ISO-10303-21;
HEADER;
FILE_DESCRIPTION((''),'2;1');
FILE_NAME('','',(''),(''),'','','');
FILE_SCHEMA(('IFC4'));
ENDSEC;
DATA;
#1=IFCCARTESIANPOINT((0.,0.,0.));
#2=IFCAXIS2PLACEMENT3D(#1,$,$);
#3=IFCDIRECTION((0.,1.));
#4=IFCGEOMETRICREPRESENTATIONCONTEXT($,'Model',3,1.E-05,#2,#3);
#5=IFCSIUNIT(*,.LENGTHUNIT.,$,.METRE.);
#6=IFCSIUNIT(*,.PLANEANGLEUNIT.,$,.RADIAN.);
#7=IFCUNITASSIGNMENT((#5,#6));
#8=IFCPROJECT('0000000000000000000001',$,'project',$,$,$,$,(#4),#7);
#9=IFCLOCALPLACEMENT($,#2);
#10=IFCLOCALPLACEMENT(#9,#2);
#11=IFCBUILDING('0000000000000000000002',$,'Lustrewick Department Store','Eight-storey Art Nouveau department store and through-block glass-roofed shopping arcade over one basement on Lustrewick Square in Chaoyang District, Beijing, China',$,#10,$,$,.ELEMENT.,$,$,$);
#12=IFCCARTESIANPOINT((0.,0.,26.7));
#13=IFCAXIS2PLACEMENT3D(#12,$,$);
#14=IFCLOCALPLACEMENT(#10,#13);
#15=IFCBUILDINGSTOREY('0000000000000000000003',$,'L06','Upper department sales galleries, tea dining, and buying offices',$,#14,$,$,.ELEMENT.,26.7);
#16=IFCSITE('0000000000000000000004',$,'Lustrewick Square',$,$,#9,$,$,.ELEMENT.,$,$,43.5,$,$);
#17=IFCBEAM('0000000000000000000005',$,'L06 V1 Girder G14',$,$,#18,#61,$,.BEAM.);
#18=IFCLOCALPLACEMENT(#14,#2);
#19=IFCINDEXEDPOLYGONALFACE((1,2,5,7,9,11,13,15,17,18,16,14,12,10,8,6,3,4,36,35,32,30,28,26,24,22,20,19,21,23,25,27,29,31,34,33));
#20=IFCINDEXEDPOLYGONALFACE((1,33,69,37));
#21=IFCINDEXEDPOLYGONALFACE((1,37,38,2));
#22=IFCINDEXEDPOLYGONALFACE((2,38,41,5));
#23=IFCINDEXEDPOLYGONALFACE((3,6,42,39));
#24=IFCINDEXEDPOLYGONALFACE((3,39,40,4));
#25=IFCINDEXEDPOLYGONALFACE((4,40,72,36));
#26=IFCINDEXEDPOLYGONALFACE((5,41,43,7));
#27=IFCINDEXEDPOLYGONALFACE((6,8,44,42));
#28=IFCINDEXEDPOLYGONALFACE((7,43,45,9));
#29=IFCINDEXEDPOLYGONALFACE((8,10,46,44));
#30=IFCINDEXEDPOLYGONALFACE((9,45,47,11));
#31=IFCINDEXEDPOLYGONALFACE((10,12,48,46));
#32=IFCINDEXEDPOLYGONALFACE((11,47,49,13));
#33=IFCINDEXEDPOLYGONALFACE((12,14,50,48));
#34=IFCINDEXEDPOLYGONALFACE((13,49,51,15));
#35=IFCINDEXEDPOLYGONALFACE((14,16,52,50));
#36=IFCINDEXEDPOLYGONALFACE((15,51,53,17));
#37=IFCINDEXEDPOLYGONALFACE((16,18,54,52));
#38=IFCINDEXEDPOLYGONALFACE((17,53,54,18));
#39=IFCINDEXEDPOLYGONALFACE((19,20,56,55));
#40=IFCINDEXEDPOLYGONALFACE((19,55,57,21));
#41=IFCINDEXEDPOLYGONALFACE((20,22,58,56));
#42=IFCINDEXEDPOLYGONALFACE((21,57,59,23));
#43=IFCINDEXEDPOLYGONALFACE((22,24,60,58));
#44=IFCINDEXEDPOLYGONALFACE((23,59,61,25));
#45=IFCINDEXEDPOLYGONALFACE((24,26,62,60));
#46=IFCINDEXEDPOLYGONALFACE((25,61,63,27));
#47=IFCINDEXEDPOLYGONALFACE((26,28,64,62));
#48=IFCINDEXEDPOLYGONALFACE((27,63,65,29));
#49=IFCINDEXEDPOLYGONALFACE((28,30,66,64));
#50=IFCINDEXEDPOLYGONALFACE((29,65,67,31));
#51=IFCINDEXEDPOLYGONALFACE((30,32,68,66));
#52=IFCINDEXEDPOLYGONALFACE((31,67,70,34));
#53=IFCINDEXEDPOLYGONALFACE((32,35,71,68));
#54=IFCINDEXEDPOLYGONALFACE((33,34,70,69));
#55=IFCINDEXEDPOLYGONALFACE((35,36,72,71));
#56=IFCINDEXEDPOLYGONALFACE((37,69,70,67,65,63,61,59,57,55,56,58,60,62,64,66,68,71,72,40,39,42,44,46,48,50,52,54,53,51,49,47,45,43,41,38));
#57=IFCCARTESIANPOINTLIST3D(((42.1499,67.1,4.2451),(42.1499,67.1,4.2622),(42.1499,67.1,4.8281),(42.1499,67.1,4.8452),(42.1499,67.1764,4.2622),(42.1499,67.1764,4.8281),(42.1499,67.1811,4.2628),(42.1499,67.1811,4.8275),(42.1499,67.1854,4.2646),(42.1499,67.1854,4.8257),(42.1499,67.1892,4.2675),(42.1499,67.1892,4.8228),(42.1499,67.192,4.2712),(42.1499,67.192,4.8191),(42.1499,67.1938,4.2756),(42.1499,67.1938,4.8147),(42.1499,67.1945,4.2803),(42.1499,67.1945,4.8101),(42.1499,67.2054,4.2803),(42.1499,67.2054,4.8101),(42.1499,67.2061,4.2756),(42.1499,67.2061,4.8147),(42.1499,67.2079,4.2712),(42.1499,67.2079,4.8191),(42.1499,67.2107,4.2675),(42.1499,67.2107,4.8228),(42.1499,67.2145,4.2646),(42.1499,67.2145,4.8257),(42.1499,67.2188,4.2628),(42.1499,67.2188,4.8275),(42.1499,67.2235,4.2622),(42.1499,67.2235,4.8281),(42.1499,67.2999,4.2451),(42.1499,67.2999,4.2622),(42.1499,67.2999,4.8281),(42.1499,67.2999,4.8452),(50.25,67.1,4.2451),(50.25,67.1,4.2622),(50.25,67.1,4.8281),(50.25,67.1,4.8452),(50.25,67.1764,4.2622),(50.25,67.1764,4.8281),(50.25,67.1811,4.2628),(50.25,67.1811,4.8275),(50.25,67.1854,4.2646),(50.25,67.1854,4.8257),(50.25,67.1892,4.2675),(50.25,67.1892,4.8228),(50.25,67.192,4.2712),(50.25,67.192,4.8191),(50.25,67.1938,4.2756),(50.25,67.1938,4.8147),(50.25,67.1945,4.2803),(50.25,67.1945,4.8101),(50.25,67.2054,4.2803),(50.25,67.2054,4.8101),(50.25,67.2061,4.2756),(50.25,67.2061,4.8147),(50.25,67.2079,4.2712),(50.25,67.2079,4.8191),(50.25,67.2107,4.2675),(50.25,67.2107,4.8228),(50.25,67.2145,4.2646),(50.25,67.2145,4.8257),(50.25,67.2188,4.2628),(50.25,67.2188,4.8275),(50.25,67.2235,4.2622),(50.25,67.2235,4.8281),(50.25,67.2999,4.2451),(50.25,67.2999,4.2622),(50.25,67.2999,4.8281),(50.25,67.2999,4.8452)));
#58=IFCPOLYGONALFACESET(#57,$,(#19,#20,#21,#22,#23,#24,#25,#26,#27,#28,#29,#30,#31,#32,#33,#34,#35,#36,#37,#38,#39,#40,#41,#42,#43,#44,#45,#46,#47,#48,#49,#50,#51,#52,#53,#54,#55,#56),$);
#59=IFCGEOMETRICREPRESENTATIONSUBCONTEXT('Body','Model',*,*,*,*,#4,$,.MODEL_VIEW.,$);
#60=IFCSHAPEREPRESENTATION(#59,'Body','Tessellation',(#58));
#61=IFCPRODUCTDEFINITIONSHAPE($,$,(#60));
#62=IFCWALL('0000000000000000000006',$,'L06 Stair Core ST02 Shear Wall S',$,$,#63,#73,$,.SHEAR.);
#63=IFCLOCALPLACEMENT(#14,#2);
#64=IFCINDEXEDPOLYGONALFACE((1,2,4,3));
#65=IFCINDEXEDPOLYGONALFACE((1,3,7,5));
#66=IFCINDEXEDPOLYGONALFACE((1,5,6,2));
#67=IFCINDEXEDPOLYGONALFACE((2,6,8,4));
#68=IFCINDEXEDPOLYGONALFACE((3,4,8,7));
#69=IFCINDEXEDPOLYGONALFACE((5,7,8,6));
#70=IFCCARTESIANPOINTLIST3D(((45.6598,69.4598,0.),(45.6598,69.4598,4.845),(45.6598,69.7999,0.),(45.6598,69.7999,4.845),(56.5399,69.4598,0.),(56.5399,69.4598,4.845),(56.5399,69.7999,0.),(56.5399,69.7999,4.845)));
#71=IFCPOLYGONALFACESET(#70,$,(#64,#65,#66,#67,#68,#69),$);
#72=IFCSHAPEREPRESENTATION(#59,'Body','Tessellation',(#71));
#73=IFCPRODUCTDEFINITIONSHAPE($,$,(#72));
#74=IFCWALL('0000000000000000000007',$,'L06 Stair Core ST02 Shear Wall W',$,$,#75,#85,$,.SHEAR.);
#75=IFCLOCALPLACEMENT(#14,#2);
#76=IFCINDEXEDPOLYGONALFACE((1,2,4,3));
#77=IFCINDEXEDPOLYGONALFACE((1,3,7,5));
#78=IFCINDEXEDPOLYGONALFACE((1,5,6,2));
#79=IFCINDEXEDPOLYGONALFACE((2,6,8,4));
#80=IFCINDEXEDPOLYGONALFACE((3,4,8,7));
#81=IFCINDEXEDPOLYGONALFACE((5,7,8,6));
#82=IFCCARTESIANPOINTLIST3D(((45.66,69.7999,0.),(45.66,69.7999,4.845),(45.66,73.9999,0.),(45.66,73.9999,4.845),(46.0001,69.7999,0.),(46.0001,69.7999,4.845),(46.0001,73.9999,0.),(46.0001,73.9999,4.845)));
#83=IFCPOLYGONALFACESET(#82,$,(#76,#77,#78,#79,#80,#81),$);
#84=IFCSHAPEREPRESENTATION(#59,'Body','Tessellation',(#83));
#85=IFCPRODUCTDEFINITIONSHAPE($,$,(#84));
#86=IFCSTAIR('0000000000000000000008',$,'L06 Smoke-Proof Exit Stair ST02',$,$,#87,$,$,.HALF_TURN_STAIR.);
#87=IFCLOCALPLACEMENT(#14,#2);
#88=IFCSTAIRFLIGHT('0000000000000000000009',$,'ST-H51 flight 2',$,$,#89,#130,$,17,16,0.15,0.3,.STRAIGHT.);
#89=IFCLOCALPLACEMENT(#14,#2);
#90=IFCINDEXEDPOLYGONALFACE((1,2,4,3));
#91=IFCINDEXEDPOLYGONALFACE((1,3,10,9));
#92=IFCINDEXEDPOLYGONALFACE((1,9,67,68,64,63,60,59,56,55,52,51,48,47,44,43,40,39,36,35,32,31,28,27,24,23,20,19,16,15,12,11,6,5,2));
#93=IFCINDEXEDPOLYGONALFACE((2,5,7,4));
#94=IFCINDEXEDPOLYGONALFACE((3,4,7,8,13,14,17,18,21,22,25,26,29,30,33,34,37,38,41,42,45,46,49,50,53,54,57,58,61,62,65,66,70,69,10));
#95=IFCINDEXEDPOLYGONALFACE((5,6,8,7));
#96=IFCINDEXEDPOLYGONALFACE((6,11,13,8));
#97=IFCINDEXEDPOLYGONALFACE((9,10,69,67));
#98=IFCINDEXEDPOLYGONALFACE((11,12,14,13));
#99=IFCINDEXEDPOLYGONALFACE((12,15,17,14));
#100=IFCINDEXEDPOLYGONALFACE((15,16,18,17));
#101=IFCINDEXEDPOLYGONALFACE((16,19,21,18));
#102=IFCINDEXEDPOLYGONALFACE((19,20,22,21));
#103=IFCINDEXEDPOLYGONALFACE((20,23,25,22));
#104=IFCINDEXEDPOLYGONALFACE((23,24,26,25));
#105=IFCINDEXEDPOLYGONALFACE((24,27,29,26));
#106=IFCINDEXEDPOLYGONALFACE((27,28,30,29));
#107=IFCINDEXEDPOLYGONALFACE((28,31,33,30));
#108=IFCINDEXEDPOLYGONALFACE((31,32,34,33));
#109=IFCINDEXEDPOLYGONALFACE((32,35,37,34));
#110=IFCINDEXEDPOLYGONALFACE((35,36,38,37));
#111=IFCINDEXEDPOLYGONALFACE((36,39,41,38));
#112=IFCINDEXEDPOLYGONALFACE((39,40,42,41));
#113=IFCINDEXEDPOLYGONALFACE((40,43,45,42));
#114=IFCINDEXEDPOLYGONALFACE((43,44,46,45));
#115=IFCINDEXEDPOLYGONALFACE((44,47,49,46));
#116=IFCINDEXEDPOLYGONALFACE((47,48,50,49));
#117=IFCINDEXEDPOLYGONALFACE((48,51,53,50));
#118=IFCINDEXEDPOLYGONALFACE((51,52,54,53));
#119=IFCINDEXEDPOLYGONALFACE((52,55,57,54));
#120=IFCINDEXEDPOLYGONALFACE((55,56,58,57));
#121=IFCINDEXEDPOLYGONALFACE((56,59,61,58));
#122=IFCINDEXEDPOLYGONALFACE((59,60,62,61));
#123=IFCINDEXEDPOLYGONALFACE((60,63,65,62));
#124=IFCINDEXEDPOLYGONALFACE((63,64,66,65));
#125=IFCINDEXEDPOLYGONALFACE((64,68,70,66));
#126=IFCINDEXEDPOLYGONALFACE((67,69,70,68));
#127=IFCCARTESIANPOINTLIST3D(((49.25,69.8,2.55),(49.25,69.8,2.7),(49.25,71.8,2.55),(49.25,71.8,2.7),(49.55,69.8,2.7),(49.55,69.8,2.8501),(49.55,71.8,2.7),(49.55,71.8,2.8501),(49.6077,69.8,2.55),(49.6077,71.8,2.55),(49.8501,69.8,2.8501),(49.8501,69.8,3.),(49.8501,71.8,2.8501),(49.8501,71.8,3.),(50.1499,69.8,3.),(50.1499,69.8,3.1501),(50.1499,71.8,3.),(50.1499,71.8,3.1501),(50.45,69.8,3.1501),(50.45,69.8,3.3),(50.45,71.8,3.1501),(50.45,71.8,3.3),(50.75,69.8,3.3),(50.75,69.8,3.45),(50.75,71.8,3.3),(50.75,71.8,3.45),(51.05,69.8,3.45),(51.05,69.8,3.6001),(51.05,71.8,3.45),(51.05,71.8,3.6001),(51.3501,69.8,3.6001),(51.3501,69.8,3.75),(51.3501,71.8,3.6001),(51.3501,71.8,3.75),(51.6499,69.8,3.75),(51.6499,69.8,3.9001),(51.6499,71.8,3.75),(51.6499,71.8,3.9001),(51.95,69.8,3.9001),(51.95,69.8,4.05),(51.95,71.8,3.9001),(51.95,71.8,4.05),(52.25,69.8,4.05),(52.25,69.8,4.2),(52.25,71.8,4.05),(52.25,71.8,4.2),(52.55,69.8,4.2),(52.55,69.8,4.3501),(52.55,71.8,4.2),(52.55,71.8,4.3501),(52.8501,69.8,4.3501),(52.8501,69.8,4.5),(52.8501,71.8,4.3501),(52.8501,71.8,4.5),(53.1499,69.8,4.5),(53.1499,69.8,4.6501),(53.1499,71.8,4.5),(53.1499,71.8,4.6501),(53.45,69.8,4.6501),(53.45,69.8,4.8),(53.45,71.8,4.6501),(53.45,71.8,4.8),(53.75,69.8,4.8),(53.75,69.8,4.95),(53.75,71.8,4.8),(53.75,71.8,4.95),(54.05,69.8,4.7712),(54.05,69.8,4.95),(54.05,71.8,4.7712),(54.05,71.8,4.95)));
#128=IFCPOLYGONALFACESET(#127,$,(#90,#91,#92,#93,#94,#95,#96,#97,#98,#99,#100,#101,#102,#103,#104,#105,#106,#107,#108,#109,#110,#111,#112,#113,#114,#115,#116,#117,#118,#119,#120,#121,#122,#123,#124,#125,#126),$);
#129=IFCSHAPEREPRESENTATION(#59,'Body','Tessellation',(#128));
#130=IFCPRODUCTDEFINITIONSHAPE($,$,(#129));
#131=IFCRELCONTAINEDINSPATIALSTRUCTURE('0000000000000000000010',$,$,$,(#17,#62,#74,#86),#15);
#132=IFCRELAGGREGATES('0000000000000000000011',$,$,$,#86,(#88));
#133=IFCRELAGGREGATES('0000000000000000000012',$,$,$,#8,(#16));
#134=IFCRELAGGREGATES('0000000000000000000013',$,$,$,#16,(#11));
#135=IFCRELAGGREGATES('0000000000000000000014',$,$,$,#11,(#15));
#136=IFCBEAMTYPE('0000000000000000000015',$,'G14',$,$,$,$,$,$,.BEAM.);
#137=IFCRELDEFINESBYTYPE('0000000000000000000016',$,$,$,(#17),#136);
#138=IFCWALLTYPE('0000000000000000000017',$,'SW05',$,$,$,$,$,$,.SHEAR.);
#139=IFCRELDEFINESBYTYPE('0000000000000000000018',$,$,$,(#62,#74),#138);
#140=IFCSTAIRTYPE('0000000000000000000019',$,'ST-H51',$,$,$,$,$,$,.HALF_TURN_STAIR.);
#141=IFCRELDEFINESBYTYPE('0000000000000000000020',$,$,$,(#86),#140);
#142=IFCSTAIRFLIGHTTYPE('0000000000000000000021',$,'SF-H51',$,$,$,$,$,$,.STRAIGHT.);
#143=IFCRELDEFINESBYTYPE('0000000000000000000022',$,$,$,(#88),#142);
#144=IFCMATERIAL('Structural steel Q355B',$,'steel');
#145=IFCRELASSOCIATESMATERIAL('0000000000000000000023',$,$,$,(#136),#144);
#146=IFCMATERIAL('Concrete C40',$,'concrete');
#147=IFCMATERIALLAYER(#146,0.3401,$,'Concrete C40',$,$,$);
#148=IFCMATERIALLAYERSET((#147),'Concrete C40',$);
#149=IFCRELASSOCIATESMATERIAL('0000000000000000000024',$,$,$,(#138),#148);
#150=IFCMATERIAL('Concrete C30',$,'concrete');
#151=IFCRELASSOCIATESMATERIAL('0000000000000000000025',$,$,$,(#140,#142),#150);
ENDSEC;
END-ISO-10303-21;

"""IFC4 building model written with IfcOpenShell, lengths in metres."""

from ifc_helpers import new_model, si_unit, direction, frame, frame_2d, origin, origin_2d, place, context, subcontext, project, spatial, polyline, rectangle, i_section, outline, extrude, material, layer, layer_set, material_profile, profile_set, type_object, element, aggregate, save


model = new_model("IFC4")

# Units and contexts
model_context = context("Model", 3, precision=1e-05, world=origin(), true_north=direction((0.0, 1.0)))
body_context = subcontext(model_context, "Body", "Model", "MODEL_VIEW")
ifc_project = project(units=[si_unit("LENGTHUNIT", "METRE"), si_unit("PLANEANGLEUNIT", "RADIAN")], contexts=[model_context])

# Site, building, storey
site_placement = place(None, origin())
site = spatial("IfcSite", under=ifc_project, at=site_placement, Name="Lustrewick Square", CompositionType="ELEMENT", RefElevation=43.5)
building_placement = place(site_placement, origin())
building = spatial("IfcBuilding", under=site, at=building_placement, Name="Lustrewick Department Store", Description="Eight-storey Art Nouveau department store and through-block glass-roofed shopping arcade over one basement on Lustrewick Square in Chaoyang District, Beijing, China", CompositionType="ELEMENT")
storey_placement = place(building_placement, frame((0.0, 0.0, 26.7)))
storey = spatial("IfcBuildingStorey", under=building, at=storey_placement, Name="L06", Description="Upper department sales galleries, tea dining, and buying offices", CompositionType="ELEMENT", Elevation=26.7)

# Shared definitions
ifc_material_1 = material(Name="Structural steel Q355B", Category="steel")

# Beam
ifc_material_profile_1 = material_profile(ifc_material_1, i_section(OverallWidth=0.2, OverallDepth=0.6001, WebThickness=0.011, FlangeThickness=0.0171, FilletRadius=0.0181, at=origin_2d()), Name="HN 600x200x11x17")
ifc_profile_set_1 = profile_set([ifc_material_profile_1], Name="Structural steel Q355B")
beam_type_1 = type_object("IfcBeamType", Name="G14", PredefinedType="BEAM", material=ifc_profile_set_1)
beam_1_placement = place(storey_placement, frame((42.1499, 67.2, 4.5452), z_axis=(1.0, 0.0, 0.0), x_axis=(0.0, 1.0, 0.0)))
element("IfcBeam", 1, at=beam_1_placement, inside=storey, type_object=beam_type_1, Name="L06 V1 Girder G14", PredefinedType="BEAM", context=body_context, shape_type="SweptSolid", body=[
    extrude(i_section(OverallWidth=0.2, OverallDepth=0.6001, WebThickness=0.011, FlangeThickness=0.0171, FilletRadius=0.0181, at=origin_2d()), origin(), (0.0, 0.0, 1.0), 8.1001),
])

# Walls
ifc_material_2 = material(Name="Concrete C40", Category="concrete")
ifc_layer = layer(ifc_material_2, 0.3401, Name="Concrete C40")
ifc_layer_set = layer_set([ifc_layer], Name="Concrete C40")
wall_type = type_object("IfcWallType", Name="SW05", PredefinedType="SHEAR", material=ifc_layer_set)
wall_1_placement = place(storey_placement, frame((45.6599, 69.6299, 0.0), z_axis=(0.0, 0.0, 1.0), x_axis=(1.0, 0.0, 0.0)))
element("IfcWall", 2, at=wall_1_placement, inside=storey, type_object=wall_type, Name="L06 Stair Core ST02 Shear Wall S", PredefinedType="SHEAR", context=body_context, shape_type="SweptSolid", body=[
    extrude(rectangle(XDim=10.8801, YDim=0.3401, at=frame_2d((5.4399, 0.0))), origin(), (0.0, 0.0, 1.0), 4.845),
])
wall_2_placement = place(storey_placement, frame((45.8301, 74.0, 0.0), z_axis=(0.0, 0.0, 1.0), x_axis=(0.0, -1.0, 0.0)))
element("IfcWall", 3, at=wall_2_placement, inside=storey, type_object=wall_type, Name="L06 Stair Core ST02 Shear Wall W", PredefinedType="SHEAR", context=body_context, shape_type="SweptSolid", body=[
    extrude(rectangle(XDim=4.2, YDim=0.3401, at=frame_2d((2.1001, 0.0))), origin(), (0.0, 0.0, 1.0), 4.845),
])

# Stair, stair flight
ifc_material_3 = material(Name="Concrete C30", Category="concrete")
stair_type = type_object("IfcStairType", Name="ST-H51", PredefinedType="HALF_TURN_STAIR", material=ifc_material_3)
stair_placement = place(storey_placement, origin())
stair = element("IfcStair", 4, at=stair_placement, inside=storey, type_object=stair_type, Name="L06 Smoke-Proof Exit Stair ST02", PredefinedType="HALF_TURN_STAIR")
stair_flight_type = type_object("IfcStairFlightType", Name="SF-H51", PredefinedType="STRAIGHT", material=ifc_material_3)
stair_flight_placement = place(storey_placement, frame((49.25, 70.8, 2.55), z_axis=(0.0, 0.0, 1.0), x_axis=(1.0, 0.0, 0.0)))
stair_flight = element("IfcStairFlight", 5, at=stair_flight_placement, type_object=stair_flight_type, Name="ST-H51 flight 2", NumberOfRisers=17, NumberOfTreads=16, PredefinedType="STRAIGHT", RiserHeight=0.15, TreadLength=0.3, context=body_context, shape_type="SweptSolid", body=[
    extrude(outline(polyline([(0.0, 0.0), (0.0, 0.1499), (0.3, 0.1499), (0.3, 0.3), (0.6001, 0.3), (0.6001, 0.45), (0.8999, 0.45), (0.8999, 0.6001), (1.2, 0.6001), (1.2, 0.75), (1.5, 0.75), (1.5, 0.8999), (1.8, 0.8999), (1.8, 1.05), (2.1001, 1.05), (2.1001, 1.2), (2.3999, 1.2), (2.3999, 1.3501), (2.7, 1.3501), (2.7, 1.5), (3.0, 1.5), (3.0, 1.6499), (3.3, 1.6499), (3.3, 1.8), (3.6001, 1.8), (3.6001, 1.95), (3.8999, 1.95), (3.8999, 2.1001), (4.2, 2.1001), (4.2, 2.25), (4.5, 2.25), (4.5, 2.3999), (4.8, 2.3999), (4.8, 2.55), (4.8, 2.2212), (0.3577, 0.0), (0.0, 0.0)])), frame((0.0, 1.0, 0.0), z_axis=(0.0, -1.0, 0.0), x_axis=(1.0, 0.0, 0.0)), (0.0, 0.0, 1.0), 2.0),
])
aggregate(stair, [stair_flight])

save(model, "model.ifc")
